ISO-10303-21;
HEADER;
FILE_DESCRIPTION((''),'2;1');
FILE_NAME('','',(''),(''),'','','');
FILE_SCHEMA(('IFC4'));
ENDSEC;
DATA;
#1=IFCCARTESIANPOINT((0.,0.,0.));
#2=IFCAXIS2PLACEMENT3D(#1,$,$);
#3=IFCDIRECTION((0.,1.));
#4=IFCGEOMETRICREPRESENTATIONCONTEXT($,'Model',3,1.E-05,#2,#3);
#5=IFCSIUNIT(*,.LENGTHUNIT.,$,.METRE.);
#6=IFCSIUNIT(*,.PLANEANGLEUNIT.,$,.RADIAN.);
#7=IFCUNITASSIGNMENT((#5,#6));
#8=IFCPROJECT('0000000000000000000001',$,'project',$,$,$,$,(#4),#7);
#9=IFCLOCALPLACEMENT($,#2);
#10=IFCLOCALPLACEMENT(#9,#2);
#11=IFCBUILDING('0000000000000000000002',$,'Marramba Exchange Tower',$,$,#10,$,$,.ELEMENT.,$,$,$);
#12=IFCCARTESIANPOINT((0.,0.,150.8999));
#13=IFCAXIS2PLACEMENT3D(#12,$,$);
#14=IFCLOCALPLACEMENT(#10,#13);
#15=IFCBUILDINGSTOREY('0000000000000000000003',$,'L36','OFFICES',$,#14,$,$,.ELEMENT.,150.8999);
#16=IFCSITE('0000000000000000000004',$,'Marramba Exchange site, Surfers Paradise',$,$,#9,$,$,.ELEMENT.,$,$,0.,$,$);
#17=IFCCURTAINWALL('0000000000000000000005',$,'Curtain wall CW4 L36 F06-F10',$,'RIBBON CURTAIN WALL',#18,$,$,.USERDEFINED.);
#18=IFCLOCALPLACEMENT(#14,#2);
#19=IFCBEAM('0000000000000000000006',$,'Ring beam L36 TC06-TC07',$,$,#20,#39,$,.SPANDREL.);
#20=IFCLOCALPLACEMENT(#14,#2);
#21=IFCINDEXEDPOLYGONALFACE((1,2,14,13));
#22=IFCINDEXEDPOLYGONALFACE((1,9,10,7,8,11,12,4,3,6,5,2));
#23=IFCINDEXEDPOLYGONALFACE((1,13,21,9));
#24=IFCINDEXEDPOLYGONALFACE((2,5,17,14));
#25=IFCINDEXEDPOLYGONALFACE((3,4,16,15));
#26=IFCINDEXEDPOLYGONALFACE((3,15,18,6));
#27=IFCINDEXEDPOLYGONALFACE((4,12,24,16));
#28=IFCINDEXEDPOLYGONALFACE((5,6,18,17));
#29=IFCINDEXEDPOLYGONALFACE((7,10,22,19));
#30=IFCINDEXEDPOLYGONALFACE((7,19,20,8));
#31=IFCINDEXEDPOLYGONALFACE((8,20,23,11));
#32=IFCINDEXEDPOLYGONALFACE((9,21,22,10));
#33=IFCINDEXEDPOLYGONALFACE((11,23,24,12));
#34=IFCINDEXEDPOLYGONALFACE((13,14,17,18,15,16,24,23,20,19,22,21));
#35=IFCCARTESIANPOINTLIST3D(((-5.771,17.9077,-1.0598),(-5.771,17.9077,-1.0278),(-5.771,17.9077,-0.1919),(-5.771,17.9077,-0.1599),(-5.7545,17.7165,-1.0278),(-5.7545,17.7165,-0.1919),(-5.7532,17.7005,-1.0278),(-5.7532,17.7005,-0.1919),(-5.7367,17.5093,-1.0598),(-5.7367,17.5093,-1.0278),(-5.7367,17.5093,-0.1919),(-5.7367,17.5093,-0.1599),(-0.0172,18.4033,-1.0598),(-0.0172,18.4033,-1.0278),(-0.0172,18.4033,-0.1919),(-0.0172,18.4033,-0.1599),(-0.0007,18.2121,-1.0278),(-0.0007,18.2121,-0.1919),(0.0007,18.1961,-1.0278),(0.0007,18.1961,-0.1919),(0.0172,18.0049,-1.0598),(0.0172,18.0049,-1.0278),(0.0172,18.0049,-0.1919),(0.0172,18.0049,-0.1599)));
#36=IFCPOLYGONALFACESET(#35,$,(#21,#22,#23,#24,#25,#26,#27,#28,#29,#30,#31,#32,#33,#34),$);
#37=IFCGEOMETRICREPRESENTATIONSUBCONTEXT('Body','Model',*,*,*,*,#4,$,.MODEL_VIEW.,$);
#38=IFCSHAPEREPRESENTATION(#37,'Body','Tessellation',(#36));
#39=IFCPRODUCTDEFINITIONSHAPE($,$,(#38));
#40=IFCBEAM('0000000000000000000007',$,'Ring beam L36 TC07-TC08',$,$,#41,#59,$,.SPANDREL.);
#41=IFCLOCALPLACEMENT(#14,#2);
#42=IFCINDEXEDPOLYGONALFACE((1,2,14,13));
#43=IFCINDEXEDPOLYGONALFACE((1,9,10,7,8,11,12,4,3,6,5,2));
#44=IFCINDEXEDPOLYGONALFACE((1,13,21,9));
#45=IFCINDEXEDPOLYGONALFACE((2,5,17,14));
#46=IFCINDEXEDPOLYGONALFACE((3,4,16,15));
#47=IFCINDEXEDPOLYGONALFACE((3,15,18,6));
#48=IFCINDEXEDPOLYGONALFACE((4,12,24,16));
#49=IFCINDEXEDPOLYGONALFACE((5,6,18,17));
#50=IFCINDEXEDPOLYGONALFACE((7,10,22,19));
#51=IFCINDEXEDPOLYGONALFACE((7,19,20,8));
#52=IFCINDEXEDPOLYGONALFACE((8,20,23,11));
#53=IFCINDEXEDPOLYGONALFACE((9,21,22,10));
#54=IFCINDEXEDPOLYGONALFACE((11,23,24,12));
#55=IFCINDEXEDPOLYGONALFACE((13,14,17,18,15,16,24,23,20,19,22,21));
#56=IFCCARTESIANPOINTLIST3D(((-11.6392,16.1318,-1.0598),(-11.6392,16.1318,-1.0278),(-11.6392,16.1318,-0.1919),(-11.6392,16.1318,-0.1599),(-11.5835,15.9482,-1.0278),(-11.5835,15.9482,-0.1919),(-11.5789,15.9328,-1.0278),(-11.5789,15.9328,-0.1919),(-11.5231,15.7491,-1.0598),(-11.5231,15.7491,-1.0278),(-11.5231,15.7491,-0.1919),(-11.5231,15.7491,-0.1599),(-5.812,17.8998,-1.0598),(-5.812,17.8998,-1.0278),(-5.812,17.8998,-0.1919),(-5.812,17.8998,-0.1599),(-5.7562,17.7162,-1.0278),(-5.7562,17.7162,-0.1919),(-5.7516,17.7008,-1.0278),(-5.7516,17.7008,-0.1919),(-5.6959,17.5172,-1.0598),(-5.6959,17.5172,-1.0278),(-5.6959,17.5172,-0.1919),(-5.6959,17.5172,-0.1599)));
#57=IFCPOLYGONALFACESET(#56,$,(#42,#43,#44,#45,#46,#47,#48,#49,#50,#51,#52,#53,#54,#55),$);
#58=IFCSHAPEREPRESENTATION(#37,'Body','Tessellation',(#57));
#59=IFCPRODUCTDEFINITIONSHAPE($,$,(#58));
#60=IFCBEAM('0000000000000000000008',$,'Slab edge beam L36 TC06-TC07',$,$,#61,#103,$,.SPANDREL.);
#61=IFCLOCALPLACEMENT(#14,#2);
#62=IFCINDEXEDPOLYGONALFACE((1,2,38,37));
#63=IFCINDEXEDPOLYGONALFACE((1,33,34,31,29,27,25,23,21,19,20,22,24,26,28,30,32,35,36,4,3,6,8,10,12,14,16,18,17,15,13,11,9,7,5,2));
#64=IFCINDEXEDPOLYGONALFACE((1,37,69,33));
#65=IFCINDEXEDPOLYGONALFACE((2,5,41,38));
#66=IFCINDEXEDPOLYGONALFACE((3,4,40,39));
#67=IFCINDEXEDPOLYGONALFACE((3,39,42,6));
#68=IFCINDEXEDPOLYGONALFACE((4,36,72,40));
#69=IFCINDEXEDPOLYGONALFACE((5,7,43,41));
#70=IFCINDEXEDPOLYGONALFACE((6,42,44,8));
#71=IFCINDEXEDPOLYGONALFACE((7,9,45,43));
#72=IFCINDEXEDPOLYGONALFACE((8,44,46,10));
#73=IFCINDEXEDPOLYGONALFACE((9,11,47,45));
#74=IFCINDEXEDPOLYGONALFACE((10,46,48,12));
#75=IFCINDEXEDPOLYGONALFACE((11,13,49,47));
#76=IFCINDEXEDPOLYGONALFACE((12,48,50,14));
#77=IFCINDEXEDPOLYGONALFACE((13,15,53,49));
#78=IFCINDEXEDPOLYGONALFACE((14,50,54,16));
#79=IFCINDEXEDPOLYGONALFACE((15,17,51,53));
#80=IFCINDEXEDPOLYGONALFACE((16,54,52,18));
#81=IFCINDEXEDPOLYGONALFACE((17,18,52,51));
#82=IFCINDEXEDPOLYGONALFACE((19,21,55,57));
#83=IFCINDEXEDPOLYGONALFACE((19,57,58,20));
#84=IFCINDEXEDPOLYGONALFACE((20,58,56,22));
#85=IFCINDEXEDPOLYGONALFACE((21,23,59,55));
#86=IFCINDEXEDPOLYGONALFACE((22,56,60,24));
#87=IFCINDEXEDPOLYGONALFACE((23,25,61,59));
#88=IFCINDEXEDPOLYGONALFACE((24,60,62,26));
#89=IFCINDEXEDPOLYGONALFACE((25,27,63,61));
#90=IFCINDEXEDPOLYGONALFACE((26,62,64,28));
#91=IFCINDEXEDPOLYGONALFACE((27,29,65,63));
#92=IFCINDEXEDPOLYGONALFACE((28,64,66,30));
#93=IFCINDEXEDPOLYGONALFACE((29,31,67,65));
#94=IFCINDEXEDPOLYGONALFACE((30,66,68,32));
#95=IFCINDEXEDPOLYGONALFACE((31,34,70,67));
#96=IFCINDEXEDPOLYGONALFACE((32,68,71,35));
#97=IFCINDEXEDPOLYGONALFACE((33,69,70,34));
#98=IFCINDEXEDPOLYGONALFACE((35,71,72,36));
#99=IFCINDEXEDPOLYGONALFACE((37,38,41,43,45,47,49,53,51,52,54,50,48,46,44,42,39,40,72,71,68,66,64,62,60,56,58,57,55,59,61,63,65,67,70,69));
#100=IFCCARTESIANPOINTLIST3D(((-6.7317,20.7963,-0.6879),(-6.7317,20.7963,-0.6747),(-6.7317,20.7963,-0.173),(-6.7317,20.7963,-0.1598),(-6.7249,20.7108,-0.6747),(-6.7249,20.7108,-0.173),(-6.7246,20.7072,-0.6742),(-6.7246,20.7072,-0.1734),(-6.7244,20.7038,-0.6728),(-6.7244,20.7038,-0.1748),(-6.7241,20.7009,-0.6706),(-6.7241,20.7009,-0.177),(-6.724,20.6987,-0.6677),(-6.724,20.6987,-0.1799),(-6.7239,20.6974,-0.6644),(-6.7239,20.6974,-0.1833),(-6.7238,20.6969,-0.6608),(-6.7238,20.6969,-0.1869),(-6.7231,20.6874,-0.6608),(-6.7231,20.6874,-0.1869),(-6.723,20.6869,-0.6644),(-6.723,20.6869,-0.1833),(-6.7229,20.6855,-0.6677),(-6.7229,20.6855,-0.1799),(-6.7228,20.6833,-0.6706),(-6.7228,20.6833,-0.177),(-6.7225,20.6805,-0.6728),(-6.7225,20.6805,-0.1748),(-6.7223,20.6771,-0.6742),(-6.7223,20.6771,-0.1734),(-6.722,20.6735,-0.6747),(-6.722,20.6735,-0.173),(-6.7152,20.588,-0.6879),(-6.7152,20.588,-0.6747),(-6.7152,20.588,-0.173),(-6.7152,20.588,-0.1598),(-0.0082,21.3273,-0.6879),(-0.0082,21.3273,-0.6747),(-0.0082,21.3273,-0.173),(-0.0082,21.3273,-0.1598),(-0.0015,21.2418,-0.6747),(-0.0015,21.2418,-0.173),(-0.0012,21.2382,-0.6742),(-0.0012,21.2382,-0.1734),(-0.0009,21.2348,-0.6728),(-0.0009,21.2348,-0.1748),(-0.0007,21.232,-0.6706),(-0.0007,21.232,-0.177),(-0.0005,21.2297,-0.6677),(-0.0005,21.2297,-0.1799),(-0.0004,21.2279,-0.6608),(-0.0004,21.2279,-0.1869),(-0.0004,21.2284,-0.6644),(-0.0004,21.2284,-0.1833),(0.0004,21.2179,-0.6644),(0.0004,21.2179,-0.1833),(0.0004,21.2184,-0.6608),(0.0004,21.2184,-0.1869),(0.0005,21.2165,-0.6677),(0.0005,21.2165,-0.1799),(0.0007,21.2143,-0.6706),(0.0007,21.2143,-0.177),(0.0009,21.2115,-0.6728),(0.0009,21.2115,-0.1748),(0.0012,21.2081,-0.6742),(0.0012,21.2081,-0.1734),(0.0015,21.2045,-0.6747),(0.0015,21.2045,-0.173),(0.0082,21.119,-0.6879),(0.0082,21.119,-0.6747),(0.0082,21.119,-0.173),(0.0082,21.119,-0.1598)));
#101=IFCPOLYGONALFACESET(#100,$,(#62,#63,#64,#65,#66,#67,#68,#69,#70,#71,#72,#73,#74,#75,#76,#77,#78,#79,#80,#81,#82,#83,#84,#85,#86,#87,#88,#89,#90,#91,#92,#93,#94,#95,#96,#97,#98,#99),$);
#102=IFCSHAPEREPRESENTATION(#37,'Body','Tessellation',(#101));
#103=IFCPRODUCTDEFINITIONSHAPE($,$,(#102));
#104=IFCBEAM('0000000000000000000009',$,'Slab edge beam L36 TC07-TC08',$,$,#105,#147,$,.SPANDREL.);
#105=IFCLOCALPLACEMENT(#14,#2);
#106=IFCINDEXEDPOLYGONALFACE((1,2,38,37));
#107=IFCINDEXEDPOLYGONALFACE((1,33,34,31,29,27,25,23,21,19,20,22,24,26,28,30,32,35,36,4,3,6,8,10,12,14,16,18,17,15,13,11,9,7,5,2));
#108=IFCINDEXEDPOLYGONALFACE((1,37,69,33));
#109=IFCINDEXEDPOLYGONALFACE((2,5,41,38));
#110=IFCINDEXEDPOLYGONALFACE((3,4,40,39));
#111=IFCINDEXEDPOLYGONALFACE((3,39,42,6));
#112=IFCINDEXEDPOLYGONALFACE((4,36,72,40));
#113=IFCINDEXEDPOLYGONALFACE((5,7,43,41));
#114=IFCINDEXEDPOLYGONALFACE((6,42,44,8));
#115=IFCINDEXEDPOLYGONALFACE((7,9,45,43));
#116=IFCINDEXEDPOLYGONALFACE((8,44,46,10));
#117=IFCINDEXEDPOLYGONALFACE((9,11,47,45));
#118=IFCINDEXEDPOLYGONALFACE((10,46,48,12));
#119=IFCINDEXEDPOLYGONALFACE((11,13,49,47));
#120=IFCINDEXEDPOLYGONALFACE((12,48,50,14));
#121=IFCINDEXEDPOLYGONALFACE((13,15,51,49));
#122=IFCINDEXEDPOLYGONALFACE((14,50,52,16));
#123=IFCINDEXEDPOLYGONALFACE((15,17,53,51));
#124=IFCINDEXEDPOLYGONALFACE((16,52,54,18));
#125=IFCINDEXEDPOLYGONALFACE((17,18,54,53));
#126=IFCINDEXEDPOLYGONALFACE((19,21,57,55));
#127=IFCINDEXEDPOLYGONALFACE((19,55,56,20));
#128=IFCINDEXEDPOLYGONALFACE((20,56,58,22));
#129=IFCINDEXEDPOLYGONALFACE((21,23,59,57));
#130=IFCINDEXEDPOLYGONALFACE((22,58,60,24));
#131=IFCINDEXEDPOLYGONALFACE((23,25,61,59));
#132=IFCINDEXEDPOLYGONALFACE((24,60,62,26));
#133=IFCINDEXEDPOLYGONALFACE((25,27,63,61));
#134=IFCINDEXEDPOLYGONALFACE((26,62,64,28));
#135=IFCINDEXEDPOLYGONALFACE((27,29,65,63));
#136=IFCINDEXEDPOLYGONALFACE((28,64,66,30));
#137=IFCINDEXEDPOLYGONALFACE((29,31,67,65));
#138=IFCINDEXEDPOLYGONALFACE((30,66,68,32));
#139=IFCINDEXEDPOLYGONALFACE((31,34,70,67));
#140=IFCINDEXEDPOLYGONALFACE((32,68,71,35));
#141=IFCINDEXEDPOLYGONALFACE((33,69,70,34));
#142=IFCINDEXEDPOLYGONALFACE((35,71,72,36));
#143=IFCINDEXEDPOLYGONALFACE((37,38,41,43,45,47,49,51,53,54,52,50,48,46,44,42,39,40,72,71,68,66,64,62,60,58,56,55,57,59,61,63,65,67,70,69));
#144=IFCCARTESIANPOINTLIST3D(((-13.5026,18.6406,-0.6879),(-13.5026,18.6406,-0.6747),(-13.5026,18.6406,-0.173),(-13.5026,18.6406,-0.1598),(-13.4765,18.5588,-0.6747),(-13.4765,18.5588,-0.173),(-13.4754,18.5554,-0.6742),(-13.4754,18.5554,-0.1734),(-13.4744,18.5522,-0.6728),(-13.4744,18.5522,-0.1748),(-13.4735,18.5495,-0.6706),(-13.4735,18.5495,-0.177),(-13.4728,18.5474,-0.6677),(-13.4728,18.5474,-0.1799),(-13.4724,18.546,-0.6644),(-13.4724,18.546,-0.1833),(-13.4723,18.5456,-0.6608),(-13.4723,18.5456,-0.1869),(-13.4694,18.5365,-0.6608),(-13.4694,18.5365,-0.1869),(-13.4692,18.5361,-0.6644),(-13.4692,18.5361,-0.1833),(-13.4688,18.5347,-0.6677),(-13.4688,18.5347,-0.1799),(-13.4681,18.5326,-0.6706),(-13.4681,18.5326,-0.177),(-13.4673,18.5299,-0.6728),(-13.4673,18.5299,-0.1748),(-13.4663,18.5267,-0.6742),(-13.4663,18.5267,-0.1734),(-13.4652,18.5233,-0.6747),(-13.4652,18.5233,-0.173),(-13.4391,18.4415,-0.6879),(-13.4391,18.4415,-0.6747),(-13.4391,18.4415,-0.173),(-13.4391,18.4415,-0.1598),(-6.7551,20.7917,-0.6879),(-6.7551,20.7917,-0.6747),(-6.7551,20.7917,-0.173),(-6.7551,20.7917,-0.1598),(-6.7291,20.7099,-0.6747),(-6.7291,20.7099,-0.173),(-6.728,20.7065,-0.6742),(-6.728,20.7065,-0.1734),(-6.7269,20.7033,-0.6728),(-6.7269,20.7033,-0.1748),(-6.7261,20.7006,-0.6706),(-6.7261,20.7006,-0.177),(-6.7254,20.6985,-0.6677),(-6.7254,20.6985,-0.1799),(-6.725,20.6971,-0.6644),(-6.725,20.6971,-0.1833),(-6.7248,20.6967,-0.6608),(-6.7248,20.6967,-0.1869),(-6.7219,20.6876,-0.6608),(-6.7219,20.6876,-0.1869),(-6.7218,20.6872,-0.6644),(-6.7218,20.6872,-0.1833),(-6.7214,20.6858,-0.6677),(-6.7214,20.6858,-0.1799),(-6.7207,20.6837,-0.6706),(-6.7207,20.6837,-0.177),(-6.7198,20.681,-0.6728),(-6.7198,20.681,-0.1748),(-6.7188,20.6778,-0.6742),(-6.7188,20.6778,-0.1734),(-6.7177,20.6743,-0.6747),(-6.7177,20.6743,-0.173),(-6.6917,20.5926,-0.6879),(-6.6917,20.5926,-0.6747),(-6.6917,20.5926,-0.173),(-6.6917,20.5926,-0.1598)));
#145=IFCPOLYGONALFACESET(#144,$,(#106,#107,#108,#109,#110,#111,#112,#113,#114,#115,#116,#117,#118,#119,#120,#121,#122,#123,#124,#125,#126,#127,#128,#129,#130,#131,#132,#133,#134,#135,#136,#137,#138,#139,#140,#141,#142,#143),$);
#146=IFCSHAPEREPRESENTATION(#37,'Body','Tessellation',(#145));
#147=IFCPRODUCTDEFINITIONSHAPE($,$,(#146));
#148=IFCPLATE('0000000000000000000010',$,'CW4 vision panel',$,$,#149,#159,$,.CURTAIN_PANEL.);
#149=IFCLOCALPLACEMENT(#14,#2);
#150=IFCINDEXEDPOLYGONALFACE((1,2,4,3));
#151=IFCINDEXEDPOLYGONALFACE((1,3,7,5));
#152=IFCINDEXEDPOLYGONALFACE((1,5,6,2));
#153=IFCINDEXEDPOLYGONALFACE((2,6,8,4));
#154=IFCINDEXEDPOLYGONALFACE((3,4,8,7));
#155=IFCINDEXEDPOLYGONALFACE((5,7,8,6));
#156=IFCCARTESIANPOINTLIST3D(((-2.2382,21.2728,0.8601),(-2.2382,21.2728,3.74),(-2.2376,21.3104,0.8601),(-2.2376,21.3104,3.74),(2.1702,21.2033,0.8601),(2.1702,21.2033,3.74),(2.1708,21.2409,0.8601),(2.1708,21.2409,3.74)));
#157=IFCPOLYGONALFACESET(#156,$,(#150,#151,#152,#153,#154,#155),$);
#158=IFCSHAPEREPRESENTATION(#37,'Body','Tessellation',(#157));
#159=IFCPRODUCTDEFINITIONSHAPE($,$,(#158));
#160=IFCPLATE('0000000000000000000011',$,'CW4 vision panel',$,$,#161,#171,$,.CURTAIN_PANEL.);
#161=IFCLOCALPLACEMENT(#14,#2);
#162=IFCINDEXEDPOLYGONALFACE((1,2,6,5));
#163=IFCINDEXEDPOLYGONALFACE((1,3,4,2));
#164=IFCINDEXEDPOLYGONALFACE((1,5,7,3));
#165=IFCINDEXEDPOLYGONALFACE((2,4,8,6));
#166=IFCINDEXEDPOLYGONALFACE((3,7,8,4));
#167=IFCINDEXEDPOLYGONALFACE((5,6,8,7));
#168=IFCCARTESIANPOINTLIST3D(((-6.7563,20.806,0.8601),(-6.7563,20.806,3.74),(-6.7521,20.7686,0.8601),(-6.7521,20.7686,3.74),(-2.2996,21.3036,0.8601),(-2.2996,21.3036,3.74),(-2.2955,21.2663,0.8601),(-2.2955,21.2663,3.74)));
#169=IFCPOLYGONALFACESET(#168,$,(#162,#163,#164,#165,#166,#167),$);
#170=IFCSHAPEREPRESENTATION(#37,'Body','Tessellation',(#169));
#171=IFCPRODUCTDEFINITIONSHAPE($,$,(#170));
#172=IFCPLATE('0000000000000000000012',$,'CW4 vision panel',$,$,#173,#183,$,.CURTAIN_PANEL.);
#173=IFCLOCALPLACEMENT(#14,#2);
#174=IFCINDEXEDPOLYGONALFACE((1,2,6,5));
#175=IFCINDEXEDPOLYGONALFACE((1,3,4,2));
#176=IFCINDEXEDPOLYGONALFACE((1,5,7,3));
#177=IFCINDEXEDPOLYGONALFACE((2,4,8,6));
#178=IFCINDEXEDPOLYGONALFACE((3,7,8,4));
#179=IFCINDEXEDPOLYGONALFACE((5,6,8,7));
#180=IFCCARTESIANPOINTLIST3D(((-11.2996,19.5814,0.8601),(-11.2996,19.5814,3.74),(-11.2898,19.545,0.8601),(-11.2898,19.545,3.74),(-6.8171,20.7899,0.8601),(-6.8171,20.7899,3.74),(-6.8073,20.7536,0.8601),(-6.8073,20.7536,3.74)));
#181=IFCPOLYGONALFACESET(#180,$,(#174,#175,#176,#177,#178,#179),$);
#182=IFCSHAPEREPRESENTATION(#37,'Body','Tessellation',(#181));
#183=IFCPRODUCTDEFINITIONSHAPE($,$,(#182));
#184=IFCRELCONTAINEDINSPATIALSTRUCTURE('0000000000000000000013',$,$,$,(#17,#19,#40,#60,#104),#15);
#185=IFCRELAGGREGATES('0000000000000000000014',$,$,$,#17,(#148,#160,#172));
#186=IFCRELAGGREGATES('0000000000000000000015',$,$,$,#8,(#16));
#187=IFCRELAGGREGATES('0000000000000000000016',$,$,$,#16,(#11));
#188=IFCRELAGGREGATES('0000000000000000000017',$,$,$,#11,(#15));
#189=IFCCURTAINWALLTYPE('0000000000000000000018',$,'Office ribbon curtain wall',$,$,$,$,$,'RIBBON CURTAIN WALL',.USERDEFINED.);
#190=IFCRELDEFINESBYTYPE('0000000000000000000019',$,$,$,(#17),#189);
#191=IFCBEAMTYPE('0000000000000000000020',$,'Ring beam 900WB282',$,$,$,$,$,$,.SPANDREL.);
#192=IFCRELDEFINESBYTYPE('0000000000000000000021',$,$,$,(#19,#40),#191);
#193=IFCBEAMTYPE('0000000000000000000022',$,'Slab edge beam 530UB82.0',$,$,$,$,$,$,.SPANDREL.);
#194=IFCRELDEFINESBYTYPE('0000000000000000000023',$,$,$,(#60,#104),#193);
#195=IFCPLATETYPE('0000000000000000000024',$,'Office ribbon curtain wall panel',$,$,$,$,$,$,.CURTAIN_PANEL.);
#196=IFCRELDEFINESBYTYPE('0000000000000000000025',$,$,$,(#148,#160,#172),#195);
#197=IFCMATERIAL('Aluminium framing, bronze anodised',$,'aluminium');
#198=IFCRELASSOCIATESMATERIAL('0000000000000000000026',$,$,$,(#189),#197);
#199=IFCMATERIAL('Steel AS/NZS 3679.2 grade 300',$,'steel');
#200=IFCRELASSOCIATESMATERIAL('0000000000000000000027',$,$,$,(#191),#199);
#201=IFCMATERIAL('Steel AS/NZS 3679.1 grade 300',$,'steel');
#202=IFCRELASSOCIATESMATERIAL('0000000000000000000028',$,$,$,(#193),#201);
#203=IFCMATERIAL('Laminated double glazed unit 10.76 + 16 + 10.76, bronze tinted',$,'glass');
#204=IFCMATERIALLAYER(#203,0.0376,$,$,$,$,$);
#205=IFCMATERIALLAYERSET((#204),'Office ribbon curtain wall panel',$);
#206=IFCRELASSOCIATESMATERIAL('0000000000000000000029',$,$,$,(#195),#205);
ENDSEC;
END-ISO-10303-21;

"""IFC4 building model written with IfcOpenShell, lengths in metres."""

from ifc_helpers import new_model, si_unit, direction, frame, origin, origin_2d, place, context, subcontext, project, spatial, rectangle, i_section, extrude, material, layer, layer_set, material_profile, profile_set, type_object, element, aggregate, save


model = new_model("IFC4")

# Units and contexts
model_context = context("Model", 3, precision=1e-05, world=origin(), true_north=direction((0.0, 1.0)))
body_context = subcontext(model_context, "Body", "Model", "MODEL_VIEW")
ifc_project = project(units=[si_unit("LENGTHUNIT", "METRE"), si_unit("PLANEANGLEUNIT", "RADIAN")], contexts=[model_context])

# Site, building, storey
site_placement = place(None, origin())
site = spatial("IfcSite", under=ifc_project, at=site_placement, Name="Marramba Exchange site, Surfers Paradise", CompositionType="ELEMENT", RefElevation=0.0)
building_placement = place(site_placement, origin())
building = spatial("IfcBuilding", under=site, at=building_placement, Name="Marramba Exchange Tower", CompositionType="ELEMENT")
storey_placement = place(building_placement, frame((0.0, 0.0, 150.8999)))
storey = spatial("IfcBuildingStorey", under=building, at=storey_placement, Name="L36", Description="OFFICES", CompositionType="ELEMENT", Elevation=150.8999)

# Shared definitions
ifc_material_1 = material(Name="Steel AS/NZS 3679.2 grade 300", Category="steel")

# Curtain wall
ifc_material_2 = material(Name="Aluminium framing, bronze anodised", Category="aluminium")
curtain_wall_type = type_object("IfcCurtainWallType", Name="Office ribbon curtain wall", ElementType="RIBBON CURTAIN WALL", PredefinedType="USERDEFINED", material=ifc_material_2)
curtain_wall_1_placement = place(storey_placement, origin())
curtain_wall_1 = element("IfcCurtainWall", 1, at=curtain_wall_1_placement, inside=storey, type_object=curtain_wall_type, Name="Curtain wall CW4 L36 F06-F10", ObjectType="RIBBON CURTAIN WALL", PredefinedType="USERDEFINED")

# Beams
ifc_material_profile_1 = material_profile(ifc_material_1, i_section(OverallWidth=0.3999, OverallDepth=0.8999, WebThickness=0.0161, FlangeThickness=0.032, at=origin_2d()), Name="900WB282")
ifc_profile_set_1 = profile_set([ifc_material_profile_1], Name="Steel AS/NZS 3679.2 grade 300")
beam_type_1 = type_object("IfcBeamType", Name="Ring beam 900WB282", PredefinedType="SPANDREL", material=ifc_profile_set_1)
beam_1_placement = place(storey_placement, frame((0.0, 18.2041, -0.6099), z_axis=(-0.996311, -0.085816, 0.0), x_axis=(0.085816, -0.996311, 0.0)))
element("IfcBeam", 2, at=beam_1_placement, inside=storey, type_object=beam_type_1, Name="Ring beam L36 TC06-TC07", PredefinedType="SPANDREL", context=body_context, shape_type="SweptSolid", body=[
    extrude(i_section(OverallWidth=0.3999, OverallDepth=0.8999, WebThickness=0.0161, FlangeThickness=0.032, at=origin_2d()), origin(), (0.0, 0.0, 1.0), 5.7751),
])
beam_2_placement = place(storey_placement, frame((-5.7539, 17.7085, -0.6099), z_axis=(-0.956925, -0.290337, 0.0), x_axis=(0.290337, -0.956925, 0.0)))
element("IfcBeam", 3, at=beam_2_placement, inside=storey, type_object=beam_type_1, Name="Ring beam L36 TC07-TC08", PredefinedType="SPANDREL", context=body_context, shape_type="SweptSolid", body=[
    extrude(i_section(OverallWidth=0.3999, OverallDepth=0.8999, WebThickness=0.0161, FlangeThickness=0.032, at=origin_2d()), origin(), (0.0, 0.0, 1.0), 6.0896),
])
ifc_material_3 = material(Name="Steel AS/NZS 3679.1 grade 300", Category="steel")
ifc_material_profile_2 = material_profile(ifc_material_3, i_section(OverallWidth=0.209, OverallDepth=0.5281, WebThickness=0.0095, FlangeThickness=0.0132, FilletRadius=0.0139, at=origin_2d()), Name="530UB82.0")
ifc_profile_set_2 = profile_set([ifc_material_profile_2], Name="Steel AS/NZS 3679.1 grade 300")
beam_type_2 = type_object("IfcBeamType", Name="Slab edge beam 530UB82.0", PredefinedType="SPANDREL", material=ifc_profile_set_2)
beam_3_placement = place(storey_placement, frame((0.0, 21.2231, -0.4238), z_axis=(-0.996896, -0.078734, 0.0), x_axis=(0.078734, -0.996896, 0.0)))
element("IfcBeam", 4, at=beam_3_placement, inside=storey, type_object=beam_type_2, Name="Slab edge beam L36 TC06-TC07", PredefinedType="SPANDREL", context=body_context, shape_type="SweptSolid", body=[
    extrude(i_section(OverallWidth=0.209, OverallDepth=0.5281, WebThickness=0.0095, FlangeThickness=0.0132, FilletRadius=0.0139, at=origin_2d()), origin(), (0.0, 0.0, 1.0), 6.7444),
])
beam_4_placement = place(storey_placement, frame((-6.7234, 20.6921, -0.4238), z_axis=(-0.952755, -0.303739, 0.0), x_axis=(0.303739, -0.952755, 0.0)))
element("IfcBeam", 5, at=beam_4_placement, inside=storey, type_object=beam_type_2, Name="Slab edge beam L36 TC07-TC08", PredefinedType="SPANDREL", context=body_context, shape_type="SweptSolid", body=[
    extrude(i_section(OverallWidth=0.209, OverallDepth=0.5281, WebThickness=0.0095, FlangeThickness=0.0132, FilletRadius=0.0139, at=origin_2d()), origin(), (0.0, 0.0, 1.0), 7.082),
])

# Plates
ifc_material_4 = material(Name="Laminated double glazed unit 10.76 + 16 + 10.76, bronze tinted", Category="glass")
ifc_layer_1 = layer(ifc_material_4, 0.0376)
ifc_layer_set_1 = layer_set([ifc_layer_1], Name="Office ribbon curtain wall panel")
plate_type = type_object("IfcPlateType", Name="Office ribbon curtain wall panel", PredefinedType="CURTAIN_PANEL", material=ifc_layer_set_1)
plate_1_placement = place(storey_placement, frame((-0.0337, 21.2568, 0.8601), z_axis=(0.0, 0.0, 1.0), x_axis=(-0.999876, 0.015756, 0.0)))
plate_1 = element("IfcPlate", 6, at=plate_1_placement, type_object=plate_type, Name="CW4 vision panel", PredefinedType="CURTAIN_PANEL", context=body_context, shape_type="SweptSolid", body=[
    extrude(rectangle(XDim=4.4089, YDim=0.0376, at=origin_2d()), origin(), (0.0, 0.0, 1.0), 2.8799),
])
plate_2_placement = place(storey_placement, frame((-4.5259, 21.0361, 0.8601), z_axis=(0.0, 0.0, 1.0), x_axis=(-0.993823, -0.110973, 0.0)))
plate_2 = element("IfcPlate", 7, at=plate_2_placement, type_object=plate_type, Name="CW4 vision panel", PredefinedType="CURTAIN_PANEL", context=body_context, shape_type="SweptSolid", body=[
    extrude(rectangle(XDim=4.4844, YDim=0.0376, at=origin_2d()), origin(), (0.0, 0.0, 1.0), 2.8799),
])
plate_3_placement = place(storey_placement, frame((-9.0535, 20.1675, 0.8601), z_axis=(0.0, 0.0, 1.0), x_axis=(-0.965522, -0.260321, 0.0)))
plate_3 = element("IfcPlate", 8, at=plate_3_placement, type_object=plate_type, Name="CW4 vision panel", PredefinedType="CURTAIN_PANEL", context=body_context, shape_type="SweptSolid", body=[
    extrude(rectangle(XDim=4.6426, YDim=0.0376, at=origin_2d()), origin(), (0.0, 0.0, 1.0), 2.8799),
])
aggregate(curtain_wall_1, [plate_1, plate_2, plate_3])

save(model, "model.ifc")
